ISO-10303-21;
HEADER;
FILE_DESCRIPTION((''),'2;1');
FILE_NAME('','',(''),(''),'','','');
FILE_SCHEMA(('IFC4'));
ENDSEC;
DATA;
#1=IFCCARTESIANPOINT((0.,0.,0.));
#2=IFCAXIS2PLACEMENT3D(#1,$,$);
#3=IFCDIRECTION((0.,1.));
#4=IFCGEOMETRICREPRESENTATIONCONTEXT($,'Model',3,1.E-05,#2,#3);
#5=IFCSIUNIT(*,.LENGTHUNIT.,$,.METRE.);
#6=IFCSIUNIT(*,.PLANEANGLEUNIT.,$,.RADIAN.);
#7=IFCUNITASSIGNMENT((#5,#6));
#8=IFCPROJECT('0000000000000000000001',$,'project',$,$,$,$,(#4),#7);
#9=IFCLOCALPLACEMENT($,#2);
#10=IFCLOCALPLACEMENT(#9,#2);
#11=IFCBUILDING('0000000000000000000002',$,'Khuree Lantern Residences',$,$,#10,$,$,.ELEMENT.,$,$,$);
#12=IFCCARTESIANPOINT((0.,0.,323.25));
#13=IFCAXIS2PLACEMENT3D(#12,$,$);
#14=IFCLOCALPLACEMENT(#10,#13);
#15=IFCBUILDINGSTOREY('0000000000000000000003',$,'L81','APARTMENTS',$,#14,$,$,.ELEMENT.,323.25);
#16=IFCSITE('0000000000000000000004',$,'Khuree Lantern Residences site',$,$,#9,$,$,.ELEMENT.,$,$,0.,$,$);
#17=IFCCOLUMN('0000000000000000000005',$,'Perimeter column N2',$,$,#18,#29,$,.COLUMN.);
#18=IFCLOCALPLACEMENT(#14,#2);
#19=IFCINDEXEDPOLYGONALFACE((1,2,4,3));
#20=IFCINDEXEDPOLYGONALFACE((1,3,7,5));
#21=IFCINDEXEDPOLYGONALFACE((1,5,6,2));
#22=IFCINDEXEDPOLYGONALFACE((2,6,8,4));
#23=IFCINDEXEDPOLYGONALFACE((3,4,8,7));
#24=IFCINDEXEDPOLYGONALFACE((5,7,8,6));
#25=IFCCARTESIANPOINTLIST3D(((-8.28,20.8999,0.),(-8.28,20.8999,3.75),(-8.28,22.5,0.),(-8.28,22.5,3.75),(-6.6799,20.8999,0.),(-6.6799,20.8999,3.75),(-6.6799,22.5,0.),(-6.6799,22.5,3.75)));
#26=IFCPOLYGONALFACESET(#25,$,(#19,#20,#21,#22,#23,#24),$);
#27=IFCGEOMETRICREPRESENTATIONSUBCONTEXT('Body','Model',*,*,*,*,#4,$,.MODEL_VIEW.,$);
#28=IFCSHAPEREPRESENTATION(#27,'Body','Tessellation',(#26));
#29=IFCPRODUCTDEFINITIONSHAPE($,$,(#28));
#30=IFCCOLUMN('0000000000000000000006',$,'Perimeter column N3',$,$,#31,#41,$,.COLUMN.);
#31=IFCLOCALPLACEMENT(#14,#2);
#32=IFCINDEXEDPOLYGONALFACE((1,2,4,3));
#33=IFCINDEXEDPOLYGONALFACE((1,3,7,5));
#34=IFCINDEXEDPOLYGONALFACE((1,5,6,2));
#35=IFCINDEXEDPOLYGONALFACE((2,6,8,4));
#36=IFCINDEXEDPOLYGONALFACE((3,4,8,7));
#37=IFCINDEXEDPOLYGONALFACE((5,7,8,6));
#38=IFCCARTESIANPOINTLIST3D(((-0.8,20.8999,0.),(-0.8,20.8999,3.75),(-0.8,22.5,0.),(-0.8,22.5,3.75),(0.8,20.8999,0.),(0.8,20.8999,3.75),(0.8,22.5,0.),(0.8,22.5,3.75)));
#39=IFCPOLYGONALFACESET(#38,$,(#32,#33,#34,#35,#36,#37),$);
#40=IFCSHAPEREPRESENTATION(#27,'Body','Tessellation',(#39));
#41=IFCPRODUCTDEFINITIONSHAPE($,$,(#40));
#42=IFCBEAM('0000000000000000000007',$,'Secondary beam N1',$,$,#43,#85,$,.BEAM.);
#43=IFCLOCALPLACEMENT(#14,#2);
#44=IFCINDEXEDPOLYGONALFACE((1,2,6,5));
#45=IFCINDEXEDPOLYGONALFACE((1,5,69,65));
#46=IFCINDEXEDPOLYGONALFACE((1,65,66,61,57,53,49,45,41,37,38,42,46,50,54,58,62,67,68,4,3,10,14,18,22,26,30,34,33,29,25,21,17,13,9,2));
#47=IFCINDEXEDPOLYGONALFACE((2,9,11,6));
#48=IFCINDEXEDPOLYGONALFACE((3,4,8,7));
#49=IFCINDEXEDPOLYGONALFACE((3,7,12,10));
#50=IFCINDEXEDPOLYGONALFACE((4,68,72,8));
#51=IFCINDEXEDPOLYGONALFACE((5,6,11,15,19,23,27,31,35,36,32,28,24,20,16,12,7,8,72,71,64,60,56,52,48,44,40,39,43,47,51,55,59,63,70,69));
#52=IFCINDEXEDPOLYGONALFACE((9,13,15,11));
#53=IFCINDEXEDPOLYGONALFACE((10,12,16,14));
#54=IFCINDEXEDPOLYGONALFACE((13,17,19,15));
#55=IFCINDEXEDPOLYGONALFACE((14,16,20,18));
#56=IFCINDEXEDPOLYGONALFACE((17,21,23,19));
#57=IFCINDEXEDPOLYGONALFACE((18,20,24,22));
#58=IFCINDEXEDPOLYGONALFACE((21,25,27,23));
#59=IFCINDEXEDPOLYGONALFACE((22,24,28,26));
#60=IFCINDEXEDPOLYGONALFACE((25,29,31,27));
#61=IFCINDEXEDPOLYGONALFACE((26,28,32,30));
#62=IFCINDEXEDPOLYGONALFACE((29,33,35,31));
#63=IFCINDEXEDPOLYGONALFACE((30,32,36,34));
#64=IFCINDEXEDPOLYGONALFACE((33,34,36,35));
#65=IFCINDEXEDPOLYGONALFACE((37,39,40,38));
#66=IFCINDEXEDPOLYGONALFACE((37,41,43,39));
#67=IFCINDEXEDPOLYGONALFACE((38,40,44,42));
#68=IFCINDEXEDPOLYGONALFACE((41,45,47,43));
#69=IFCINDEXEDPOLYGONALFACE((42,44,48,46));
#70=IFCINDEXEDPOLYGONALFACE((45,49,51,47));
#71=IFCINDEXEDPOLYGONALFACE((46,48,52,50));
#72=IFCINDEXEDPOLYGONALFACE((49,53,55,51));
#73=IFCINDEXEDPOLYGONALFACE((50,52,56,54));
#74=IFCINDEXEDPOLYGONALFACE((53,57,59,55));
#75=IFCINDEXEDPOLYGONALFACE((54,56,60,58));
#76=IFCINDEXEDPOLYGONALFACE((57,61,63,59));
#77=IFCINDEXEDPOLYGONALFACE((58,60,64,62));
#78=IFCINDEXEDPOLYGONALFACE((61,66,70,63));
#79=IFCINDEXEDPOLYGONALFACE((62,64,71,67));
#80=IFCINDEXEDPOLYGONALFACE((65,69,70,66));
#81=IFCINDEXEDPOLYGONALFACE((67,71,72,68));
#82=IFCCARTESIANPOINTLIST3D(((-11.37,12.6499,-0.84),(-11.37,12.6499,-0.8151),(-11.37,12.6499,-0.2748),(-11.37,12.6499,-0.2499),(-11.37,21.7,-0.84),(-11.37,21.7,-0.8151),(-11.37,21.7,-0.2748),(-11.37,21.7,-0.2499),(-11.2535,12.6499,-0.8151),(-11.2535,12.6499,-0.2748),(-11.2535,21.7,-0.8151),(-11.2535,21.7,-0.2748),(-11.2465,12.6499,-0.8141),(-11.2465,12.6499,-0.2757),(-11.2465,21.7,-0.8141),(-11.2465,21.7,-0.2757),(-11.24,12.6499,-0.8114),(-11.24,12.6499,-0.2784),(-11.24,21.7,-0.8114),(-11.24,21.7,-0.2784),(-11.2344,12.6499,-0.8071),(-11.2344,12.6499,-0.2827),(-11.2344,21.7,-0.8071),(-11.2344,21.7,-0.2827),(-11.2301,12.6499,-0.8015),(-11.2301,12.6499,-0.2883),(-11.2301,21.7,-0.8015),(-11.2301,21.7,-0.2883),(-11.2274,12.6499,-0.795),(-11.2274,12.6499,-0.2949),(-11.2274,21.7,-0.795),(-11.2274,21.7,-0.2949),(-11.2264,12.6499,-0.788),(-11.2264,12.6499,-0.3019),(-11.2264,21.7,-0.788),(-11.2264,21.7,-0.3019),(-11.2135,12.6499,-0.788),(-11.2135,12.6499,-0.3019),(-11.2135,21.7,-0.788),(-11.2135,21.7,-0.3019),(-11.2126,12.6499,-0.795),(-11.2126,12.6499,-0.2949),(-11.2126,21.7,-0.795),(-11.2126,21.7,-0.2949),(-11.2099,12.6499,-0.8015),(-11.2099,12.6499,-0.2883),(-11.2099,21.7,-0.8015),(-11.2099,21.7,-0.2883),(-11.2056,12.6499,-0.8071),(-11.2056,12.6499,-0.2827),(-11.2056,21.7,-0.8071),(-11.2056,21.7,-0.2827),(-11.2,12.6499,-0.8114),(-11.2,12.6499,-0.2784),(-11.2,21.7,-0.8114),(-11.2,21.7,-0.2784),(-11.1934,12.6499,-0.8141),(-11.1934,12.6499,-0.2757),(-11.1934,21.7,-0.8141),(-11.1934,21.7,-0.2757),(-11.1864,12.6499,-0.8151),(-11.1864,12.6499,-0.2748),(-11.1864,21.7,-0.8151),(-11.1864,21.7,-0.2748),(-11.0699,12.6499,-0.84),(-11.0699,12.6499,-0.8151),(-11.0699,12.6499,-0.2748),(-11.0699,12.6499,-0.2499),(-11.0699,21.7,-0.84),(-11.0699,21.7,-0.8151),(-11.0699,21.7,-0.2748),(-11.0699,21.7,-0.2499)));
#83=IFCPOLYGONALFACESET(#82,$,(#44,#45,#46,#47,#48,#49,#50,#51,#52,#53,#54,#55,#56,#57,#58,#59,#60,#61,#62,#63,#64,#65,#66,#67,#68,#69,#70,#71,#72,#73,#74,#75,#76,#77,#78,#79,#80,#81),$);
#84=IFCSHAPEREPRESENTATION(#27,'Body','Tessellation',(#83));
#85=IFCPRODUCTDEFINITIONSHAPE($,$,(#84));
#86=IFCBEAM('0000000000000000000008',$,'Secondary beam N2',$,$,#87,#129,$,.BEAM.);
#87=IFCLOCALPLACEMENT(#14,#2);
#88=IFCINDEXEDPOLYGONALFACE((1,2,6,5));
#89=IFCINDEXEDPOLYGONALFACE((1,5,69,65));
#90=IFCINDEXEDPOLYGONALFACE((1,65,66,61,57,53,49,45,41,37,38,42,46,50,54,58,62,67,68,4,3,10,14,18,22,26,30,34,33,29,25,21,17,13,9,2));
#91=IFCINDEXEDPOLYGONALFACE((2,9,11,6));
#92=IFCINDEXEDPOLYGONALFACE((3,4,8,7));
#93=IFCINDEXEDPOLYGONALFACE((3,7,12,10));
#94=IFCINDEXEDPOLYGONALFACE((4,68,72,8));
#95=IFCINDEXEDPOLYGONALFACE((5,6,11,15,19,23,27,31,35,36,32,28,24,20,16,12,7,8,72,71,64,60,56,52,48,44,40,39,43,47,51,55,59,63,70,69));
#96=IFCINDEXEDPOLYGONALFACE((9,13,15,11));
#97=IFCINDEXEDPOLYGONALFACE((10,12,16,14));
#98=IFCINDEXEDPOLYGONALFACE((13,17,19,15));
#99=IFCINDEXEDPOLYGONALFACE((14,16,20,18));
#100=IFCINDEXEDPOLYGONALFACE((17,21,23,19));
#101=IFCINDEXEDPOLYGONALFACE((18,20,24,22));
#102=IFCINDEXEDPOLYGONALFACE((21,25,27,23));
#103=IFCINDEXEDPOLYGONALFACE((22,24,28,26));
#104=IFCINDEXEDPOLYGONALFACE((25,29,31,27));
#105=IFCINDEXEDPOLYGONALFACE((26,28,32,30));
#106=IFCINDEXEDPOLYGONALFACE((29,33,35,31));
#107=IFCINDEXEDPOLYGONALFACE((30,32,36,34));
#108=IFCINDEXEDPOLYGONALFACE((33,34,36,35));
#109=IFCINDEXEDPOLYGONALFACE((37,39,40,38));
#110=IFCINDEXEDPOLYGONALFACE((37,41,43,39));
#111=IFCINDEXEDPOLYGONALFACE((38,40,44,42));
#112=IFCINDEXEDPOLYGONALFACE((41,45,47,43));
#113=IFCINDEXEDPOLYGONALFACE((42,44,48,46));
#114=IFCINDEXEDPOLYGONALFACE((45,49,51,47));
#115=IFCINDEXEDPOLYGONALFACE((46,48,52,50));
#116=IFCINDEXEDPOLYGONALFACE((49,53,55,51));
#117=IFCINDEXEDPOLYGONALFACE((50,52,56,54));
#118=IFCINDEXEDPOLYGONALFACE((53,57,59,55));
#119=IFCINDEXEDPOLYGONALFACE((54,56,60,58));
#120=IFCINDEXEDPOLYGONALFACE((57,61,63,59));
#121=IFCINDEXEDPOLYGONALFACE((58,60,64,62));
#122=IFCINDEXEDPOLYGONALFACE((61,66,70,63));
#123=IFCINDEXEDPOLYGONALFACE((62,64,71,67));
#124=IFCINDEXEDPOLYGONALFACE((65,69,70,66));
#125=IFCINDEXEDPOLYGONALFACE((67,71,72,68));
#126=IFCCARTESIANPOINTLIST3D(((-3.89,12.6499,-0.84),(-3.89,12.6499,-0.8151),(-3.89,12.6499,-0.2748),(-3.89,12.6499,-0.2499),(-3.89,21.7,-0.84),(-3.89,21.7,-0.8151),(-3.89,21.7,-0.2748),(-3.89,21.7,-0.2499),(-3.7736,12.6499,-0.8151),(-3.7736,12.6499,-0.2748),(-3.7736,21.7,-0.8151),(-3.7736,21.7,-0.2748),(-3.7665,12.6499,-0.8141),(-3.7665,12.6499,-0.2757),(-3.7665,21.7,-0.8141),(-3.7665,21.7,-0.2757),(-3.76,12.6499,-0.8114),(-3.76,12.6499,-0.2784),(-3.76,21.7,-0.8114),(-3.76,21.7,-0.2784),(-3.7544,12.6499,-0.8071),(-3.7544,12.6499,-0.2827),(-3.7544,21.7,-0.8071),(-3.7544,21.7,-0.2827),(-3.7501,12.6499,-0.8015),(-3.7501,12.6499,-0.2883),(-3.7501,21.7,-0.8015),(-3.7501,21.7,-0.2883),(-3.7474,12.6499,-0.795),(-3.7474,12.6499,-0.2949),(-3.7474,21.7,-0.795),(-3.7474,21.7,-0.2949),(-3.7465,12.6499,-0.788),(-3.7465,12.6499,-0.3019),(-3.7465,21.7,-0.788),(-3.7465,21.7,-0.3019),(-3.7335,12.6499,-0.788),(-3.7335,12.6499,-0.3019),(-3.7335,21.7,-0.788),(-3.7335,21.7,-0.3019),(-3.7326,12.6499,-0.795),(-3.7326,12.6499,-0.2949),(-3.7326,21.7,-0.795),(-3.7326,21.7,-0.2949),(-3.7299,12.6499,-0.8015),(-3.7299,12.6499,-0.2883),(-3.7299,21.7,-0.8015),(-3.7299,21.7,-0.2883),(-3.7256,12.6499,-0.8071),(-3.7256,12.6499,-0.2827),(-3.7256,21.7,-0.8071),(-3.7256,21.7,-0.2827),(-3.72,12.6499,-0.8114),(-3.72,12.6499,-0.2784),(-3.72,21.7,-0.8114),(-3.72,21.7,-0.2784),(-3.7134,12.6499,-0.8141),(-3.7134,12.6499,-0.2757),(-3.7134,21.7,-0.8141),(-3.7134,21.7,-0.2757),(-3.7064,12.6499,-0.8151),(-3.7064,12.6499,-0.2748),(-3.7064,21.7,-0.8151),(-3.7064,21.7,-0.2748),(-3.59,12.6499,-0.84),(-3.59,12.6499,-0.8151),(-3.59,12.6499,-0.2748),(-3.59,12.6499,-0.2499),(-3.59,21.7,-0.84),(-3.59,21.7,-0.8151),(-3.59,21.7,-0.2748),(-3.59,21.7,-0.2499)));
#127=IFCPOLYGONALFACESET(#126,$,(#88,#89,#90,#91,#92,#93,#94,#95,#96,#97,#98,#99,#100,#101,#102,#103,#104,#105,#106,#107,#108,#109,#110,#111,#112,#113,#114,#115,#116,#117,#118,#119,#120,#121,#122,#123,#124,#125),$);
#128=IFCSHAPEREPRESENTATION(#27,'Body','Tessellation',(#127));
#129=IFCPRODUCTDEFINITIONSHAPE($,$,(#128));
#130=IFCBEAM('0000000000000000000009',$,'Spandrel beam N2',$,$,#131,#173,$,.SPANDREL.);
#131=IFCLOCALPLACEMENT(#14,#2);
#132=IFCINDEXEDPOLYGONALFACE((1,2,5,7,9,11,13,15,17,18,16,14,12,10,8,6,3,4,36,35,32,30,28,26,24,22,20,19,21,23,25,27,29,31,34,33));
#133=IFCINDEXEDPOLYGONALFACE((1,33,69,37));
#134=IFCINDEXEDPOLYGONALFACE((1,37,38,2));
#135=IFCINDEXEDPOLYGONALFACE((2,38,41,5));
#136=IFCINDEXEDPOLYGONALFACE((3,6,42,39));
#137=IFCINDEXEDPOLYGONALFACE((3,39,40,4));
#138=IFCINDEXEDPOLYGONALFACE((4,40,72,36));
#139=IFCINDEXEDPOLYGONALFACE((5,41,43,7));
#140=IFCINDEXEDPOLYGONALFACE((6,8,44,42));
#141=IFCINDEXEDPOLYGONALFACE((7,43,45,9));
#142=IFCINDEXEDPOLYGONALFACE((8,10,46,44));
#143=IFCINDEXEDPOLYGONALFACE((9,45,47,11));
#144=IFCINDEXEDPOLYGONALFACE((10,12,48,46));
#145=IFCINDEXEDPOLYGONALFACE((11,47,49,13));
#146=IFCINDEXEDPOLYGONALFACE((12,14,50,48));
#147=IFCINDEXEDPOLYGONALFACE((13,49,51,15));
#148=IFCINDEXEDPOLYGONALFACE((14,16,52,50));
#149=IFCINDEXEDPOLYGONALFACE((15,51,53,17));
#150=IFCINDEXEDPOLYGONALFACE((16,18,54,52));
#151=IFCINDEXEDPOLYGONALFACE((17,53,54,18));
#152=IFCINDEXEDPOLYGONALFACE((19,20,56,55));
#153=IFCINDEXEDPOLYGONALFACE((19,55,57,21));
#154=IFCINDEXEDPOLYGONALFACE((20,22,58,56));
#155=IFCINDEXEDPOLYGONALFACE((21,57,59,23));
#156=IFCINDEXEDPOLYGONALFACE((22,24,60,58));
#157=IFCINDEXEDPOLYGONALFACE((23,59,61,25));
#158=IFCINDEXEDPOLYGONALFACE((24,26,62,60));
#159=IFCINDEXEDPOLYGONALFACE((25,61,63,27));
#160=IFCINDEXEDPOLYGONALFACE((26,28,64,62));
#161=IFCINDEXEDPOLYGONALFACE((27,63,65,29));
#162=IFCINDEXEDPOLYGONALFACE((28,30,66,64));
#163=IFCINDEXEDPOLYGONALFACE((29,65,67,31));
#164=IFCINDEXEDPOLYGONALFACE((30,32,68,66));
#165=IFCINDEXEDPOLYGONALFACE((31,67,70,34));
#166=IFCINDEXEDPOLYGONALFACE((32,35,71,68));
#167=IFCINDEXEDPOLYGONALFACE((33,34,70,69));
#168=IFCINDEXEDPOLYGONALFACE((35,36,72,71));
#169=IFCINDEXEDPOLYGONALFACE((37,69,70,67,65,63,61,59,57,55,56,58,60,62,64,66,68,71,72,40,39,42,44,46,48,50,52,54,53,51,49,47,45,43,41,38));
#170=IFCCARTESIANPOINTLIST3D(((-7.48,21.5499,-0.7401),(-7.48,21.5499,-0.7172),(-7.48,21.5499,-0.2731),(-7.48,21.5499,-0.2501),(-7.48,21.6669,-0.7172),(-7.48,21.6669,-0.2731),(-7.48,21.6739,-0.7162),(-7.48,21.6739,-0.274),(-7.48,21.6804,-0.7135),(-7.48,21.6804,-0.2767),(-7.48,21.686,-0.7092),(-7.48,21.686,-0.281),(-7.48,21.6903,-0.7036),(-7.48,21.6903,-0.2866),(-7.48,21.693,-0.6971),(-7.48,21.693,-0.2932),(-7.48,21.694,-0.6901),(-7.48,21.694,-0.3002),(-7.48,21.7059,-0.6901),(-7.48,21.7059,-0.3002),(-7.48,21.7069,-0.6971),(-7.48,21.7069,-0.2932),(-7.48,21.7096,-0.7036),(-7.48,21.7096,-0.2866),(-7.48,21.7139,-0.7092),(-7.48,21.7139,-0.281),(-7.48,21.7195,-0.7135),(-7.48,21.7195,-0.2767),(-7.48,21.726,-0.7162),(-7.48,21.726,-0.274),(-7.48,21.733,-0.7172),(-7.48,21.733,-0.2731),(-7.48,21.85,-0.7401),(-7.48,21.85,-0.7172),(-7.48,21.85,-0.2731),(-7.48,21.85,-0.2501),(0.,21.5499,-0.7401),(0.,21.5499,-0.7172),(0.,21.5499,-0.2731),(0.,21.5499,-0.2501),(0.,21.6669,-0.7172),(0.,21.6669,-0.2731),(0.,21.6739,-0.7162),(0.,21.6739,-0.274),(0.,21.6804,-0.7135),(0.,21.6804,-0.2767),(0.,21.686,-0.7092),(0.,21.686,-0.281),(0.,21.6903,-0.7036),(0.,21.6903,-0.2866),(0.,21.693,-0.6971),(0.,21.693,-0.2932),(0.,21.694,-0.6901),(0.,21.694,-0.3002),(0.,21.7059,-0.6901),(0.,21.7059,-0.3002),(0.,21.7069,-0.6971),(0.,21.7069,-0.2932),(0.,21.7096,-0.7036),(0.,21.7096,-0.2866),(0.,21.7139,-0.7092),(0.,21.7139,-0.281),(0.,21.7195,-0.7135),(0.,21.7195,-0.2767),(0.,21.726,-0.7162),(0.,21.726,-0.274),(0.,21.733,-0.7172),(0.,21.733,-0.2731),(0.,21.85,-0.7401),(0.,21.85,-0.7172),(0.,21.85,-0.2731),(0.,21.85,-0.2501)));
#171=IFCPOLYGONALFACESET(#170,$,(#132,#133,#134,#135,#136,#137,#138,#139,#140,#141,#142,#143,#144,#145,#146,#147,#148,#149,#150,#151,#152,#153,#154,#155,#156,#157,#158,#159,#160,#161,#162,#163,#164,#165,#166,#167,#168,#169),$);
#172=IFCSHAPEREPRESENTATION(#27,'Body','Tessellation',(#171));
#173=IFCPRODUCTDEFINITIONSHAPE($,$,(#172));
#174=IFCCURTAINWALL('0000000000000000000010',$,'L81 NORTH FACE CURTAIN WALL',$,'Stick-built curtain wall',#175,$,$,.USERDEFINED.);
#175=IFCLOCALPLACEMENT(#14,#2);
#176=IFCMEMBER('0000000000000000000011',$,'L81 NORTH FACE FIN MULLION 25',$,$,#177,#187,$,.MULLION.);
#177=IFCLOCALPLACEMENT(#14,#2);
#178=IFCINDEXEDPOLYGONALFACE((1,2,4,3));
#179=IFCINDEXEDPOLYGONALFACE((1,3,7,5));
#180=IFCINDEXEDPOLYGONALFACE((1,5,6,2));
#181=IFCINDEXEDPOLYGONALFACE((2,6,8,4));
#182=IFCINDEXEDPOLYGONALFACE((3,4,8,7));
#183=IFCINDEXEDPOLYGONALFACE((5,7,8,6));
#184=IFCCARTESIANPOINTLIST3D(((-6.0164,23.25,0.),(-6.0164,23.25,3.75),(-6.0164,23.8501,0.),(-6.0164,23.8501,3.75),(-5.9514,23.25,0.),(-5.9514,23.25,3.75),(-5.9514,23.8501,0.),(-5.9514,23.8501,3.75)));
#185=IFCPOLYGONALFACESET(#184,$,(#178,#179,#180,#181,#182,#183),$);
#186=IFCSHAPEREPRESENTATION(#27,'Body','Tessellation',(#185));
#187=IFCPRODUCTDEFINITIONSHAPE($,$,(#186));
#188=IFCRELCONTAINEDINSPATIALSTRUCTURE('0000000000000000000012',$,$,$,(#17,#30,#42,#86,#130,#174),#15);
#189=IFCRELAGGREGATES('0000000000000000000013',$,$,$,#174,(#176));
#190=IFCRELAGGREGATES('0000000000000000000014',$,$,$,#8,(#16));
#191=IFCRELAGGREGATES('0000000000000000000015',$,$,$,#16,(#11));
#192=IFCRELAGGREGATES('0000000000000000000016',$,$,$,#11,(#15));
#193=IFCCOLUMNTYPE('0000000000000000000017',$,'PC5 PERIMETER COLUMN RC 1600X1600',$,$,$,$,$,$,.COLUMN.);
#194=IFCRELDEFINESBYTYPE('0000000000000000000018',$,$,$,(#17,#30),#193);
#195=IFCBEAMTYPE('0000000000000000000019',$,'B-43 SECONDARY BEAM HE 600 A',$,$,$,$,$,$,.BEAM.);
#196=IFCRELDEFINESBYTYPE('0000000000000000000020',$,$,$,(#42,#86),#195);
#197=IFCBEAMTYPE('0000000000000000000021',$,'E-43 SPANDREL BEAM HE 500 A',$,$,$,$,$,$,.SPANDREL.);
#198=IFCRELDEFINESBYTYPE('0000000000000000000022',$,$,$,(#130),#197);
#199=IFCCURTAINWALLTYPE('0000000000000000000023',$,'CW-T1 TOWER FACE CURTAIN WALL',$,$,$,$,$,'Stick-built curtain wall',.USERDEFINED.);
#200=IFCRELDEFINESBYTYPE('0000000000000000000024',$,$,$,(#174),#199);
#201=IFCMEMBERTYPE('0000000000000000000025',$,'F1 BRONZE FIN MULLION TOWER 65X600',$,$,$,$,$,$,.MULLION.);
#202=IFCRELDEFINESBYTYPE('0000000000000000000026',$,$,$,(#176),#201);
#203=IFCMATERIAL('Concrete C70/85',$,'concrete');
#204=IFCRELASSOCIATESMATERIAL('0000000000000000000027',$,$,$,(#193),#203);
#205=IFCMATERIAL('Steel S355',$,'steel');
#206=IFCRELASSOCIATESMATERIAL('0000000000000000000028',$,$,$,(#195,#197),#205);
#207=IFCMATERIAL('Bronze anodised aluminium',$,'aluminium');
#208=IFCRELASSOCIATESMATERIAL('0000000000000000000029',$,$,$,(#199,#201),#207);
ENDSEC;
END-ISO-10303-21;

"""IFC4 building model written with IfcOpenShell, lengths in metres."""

from ifc_helpers import new_model, si_unit, direction, frame, origin, origin_2d, place, context, subcontext, project, spatial, rectangle, i_section, extrude, material, material_profile, profile_set, type_object, element, aggregate, save


model = new_model("IFC4")

# Units and contexts
model_context = context("Model", 3, precision=1e-05, world=origin(), true_north=direction((0.0, 1.0)))
body_context = subcontext(model_context, "Body", "Model", "MODEL_VIEW")
ifc_project = project(units=[si_unit("LENGTHUNIT", "METRE"), si_unit("PLANEANGLEUNIT", "RADIAN")], contexts=[model_context])

# Site, building, storey
site_placement = place(None, origin())
site = spatial("IfcSite", under=ifc_project, at=site_placement, Name="Khuree Lantern Residences site", CompositionType="ELEMENT", RefElevation=0.0)
building_placement = place(site_placement, origin())
building = spatial("IfcBuilding", under=site, at=building_placement, Name="Khuree Lantern Residences", CompositionType="ELEMENT")
storey_placement = place(building_placement, frame((0.0, 0.0, 323.25)))
storey = spatial("IfcBuildingStorey", under=building, at=storey_placement, Name="L81", Description="APARTMENTS", CompositionType="ELEMENT", Elevation=323.25)

# Columns
ifc_material_1 = material(Name="Concrete C70/85", Category="concrete")
ifc_material_profile_1 = material_profile(ifc_material_1, rectangle(XDim=1.6001, YDim=1.6001, at=origin_2d()), Name="RC 1600X1600")
ifc_profile_set_1 = profile_set([ifc_material_profile_1], Name="Concrete C70/85")
column_type = type_object("IfcColumnType", Name="PC5 PERIMETER COLUMN RC 1600X1600", PredefinedType="COLUMN", material=ifc_profile_set_1)
for number, where, z_axis, x_axis, name in (
    (1, (-7.48, 21.7, 0.0), (0.0, 0.0, 1.0), (1.0, 0.0, 0.0), "Perimeter column N2"),
    (2, (0.0, 21.7, 0.0), (0.0, 0.0, 1.0), (1.0, 0.0, 0.0), "Perimeter column N3"),
):
    element("IfcColumn", number, at=place(storey_placement, frame(where, z_axis=z_axis, x_axis=x_axis)), inside=storey, type_object=column_type, Name=name, PredefinedType="COLUMN", context=body_context, shape_type="SweptSolid", body=[
        extrude(rectangle(XDim=1.6001, YDim=1.6001, at=origin_2d()), origin(), (0.0, 0.0, 1.0), 3.75),
    ])

# Beams
ifc_material_2 = material(Name="Steel S355", Category="steel")
ifc_material_profile_2 = material_profile(ifc_material_2, i_section(OverallWidth=0.3, OverallDepth=0.5901, WebThickness=0.0129, FlangeThickness=0.0249, FilletRadius=0.0271, at=origin_2d()), Name="HE 600 A")
ifc_profile_set_2 = profile_set([ifc_material_profile_2], Name="Steel S355")
beam_type_1 = type_object("IfcBeamType", Name="B-43 SECONDARY BEAM HE 600 A", PredefinedType="BEAM", material=ifc_profile_set_2)
for number, where, z_axis, x_axis, name in (
    (3, (-11.22, 21.7, -0.5449), (0.0, -1.0, 0.0), (1.0, 0.0, 0.0), "Secondary beam N1"),
    (4, (-3.74, 21.7, -0.5449), (0.0, -1.0, 0.0), (1.0, 0.0, 0.0), "Secondary beam N2"),
):
    element("IfcBeam", number, at=place(storey_placement, frame(where, z_axis=z_axis, x_axis=x_axis)), inside=storey, type_object=beam_type_1, Name=name, PredefinedType="BEAM", context=body_context, shape_type="SweptSolid", body=[
        extrude(i_section(OverallWidth=0.3, OverallDepth=0.5901, WebThickness=0.0129, FlangeThickness=0.0249, FilletRadius=0.0271, at=origin_2d()), origin(), (0.0, 0.0, 1.0), 9.05),
    ])
ifc_material_profile_3 = material_profile(ifc_material_2, i_section(OverallWidth=0.3, OverallDepth=0.49, WebThickness=0.012, FlangeThickness=0.0229, FilletRadius=0.0271, at=origin_2d()), Name="HE 500 A")
ifc_profile_set_3 = profile_set([ifc_material_profile_3], Name="Steel S355")
beam_type_2 = type_object("IfcBeamType", Name="E-43 SPANDREL BEAM HE 500 A", PredefinedType="SPANDREL", material=ifc_profile_set_3)
beam_placement = place(storey_placement, frame((-7.48, 21.7, -0.4951), z_axis=(1.0, 0.0, 0.0), x_axis=(0.0, 1.0, 0.0)))
element("IfcBeam", 5, at=beam_placement, inside=storey, type_object=beam_type_2, Name="Spandrel beam N2", PredefinedType="SPANDREL", context=body_context, shape_type="SweptSolid", body=[
    extrude(i_section(OverallWidth=0.3, OverallDepth=0.49, WebThickness=0.012, FlangeThickness=0.0229, FilletRadius=0.0271, at=origin_2d()), origin(), (0.0, 0.0, 1.0), 7.48),
])

# Curtain wall, member
ifc_material_3 = material(Name="Bronze anodised aluminium", Category="aluminium")
curtain_wall_type = type_object("IfcCurtainWallType", Name="CW-T1 TOWER FACE CURTAIN WALL", ElementType="Stick-built curtain wall", PredefinedType="USERDEFINED", material=ifc_material_3)
curtain_wall_placement = place(storey_placement, origin())
curtain_wall = element("IfcCurtainWall", 6, at=curtain_wall_placement, inside=storey, type_object=curtain_wall_type, Name="L81 NORTH FACE CURTAIN WALL", ObjectType="Stick-built curtain wall", PredefinedType="USERDEFINED")
ifc_material_profile_4 = material_profile(ifc_material_3, rectangle(XDim=0.0649, YDim=0.6001, at=origin_2d()), Name="F1 65X600")
ifc_profile_set_4 = profile_set([ifc_material_profile_4], Name="Bronze anodised aluminium")
member_type_1 = type_object("IfcMemberType", Name="F1 BRONZE FIN MULLION TOWER 65X600", PredefinedType="MULLION", material=ifc_profile_set_4)
member_1_placement = place(storey_placement, frame((-5.9839, 23.55, 0.0), z_axis=(0.0, 0.0, 1.0), x_axis=(-1.0, 0.0, 0.0)))
member_1 = element("IfcMember", 7, at=member_1_placement, type_object=member_type_1, Name="L81 NORTH FACE FIN MULLION 25", PredefinedType="MULLION", context=body_context, shape_type="SweptSolid", body=[
    extrude(rectangle(XDim=0.0649, YDim=0.6001, at=origin_2d()), origin(), (0.0, 0.0, 1.0), 3.75),
])

aggregate(curtain_wall, [member_1])

save(model, "model.ifc")
